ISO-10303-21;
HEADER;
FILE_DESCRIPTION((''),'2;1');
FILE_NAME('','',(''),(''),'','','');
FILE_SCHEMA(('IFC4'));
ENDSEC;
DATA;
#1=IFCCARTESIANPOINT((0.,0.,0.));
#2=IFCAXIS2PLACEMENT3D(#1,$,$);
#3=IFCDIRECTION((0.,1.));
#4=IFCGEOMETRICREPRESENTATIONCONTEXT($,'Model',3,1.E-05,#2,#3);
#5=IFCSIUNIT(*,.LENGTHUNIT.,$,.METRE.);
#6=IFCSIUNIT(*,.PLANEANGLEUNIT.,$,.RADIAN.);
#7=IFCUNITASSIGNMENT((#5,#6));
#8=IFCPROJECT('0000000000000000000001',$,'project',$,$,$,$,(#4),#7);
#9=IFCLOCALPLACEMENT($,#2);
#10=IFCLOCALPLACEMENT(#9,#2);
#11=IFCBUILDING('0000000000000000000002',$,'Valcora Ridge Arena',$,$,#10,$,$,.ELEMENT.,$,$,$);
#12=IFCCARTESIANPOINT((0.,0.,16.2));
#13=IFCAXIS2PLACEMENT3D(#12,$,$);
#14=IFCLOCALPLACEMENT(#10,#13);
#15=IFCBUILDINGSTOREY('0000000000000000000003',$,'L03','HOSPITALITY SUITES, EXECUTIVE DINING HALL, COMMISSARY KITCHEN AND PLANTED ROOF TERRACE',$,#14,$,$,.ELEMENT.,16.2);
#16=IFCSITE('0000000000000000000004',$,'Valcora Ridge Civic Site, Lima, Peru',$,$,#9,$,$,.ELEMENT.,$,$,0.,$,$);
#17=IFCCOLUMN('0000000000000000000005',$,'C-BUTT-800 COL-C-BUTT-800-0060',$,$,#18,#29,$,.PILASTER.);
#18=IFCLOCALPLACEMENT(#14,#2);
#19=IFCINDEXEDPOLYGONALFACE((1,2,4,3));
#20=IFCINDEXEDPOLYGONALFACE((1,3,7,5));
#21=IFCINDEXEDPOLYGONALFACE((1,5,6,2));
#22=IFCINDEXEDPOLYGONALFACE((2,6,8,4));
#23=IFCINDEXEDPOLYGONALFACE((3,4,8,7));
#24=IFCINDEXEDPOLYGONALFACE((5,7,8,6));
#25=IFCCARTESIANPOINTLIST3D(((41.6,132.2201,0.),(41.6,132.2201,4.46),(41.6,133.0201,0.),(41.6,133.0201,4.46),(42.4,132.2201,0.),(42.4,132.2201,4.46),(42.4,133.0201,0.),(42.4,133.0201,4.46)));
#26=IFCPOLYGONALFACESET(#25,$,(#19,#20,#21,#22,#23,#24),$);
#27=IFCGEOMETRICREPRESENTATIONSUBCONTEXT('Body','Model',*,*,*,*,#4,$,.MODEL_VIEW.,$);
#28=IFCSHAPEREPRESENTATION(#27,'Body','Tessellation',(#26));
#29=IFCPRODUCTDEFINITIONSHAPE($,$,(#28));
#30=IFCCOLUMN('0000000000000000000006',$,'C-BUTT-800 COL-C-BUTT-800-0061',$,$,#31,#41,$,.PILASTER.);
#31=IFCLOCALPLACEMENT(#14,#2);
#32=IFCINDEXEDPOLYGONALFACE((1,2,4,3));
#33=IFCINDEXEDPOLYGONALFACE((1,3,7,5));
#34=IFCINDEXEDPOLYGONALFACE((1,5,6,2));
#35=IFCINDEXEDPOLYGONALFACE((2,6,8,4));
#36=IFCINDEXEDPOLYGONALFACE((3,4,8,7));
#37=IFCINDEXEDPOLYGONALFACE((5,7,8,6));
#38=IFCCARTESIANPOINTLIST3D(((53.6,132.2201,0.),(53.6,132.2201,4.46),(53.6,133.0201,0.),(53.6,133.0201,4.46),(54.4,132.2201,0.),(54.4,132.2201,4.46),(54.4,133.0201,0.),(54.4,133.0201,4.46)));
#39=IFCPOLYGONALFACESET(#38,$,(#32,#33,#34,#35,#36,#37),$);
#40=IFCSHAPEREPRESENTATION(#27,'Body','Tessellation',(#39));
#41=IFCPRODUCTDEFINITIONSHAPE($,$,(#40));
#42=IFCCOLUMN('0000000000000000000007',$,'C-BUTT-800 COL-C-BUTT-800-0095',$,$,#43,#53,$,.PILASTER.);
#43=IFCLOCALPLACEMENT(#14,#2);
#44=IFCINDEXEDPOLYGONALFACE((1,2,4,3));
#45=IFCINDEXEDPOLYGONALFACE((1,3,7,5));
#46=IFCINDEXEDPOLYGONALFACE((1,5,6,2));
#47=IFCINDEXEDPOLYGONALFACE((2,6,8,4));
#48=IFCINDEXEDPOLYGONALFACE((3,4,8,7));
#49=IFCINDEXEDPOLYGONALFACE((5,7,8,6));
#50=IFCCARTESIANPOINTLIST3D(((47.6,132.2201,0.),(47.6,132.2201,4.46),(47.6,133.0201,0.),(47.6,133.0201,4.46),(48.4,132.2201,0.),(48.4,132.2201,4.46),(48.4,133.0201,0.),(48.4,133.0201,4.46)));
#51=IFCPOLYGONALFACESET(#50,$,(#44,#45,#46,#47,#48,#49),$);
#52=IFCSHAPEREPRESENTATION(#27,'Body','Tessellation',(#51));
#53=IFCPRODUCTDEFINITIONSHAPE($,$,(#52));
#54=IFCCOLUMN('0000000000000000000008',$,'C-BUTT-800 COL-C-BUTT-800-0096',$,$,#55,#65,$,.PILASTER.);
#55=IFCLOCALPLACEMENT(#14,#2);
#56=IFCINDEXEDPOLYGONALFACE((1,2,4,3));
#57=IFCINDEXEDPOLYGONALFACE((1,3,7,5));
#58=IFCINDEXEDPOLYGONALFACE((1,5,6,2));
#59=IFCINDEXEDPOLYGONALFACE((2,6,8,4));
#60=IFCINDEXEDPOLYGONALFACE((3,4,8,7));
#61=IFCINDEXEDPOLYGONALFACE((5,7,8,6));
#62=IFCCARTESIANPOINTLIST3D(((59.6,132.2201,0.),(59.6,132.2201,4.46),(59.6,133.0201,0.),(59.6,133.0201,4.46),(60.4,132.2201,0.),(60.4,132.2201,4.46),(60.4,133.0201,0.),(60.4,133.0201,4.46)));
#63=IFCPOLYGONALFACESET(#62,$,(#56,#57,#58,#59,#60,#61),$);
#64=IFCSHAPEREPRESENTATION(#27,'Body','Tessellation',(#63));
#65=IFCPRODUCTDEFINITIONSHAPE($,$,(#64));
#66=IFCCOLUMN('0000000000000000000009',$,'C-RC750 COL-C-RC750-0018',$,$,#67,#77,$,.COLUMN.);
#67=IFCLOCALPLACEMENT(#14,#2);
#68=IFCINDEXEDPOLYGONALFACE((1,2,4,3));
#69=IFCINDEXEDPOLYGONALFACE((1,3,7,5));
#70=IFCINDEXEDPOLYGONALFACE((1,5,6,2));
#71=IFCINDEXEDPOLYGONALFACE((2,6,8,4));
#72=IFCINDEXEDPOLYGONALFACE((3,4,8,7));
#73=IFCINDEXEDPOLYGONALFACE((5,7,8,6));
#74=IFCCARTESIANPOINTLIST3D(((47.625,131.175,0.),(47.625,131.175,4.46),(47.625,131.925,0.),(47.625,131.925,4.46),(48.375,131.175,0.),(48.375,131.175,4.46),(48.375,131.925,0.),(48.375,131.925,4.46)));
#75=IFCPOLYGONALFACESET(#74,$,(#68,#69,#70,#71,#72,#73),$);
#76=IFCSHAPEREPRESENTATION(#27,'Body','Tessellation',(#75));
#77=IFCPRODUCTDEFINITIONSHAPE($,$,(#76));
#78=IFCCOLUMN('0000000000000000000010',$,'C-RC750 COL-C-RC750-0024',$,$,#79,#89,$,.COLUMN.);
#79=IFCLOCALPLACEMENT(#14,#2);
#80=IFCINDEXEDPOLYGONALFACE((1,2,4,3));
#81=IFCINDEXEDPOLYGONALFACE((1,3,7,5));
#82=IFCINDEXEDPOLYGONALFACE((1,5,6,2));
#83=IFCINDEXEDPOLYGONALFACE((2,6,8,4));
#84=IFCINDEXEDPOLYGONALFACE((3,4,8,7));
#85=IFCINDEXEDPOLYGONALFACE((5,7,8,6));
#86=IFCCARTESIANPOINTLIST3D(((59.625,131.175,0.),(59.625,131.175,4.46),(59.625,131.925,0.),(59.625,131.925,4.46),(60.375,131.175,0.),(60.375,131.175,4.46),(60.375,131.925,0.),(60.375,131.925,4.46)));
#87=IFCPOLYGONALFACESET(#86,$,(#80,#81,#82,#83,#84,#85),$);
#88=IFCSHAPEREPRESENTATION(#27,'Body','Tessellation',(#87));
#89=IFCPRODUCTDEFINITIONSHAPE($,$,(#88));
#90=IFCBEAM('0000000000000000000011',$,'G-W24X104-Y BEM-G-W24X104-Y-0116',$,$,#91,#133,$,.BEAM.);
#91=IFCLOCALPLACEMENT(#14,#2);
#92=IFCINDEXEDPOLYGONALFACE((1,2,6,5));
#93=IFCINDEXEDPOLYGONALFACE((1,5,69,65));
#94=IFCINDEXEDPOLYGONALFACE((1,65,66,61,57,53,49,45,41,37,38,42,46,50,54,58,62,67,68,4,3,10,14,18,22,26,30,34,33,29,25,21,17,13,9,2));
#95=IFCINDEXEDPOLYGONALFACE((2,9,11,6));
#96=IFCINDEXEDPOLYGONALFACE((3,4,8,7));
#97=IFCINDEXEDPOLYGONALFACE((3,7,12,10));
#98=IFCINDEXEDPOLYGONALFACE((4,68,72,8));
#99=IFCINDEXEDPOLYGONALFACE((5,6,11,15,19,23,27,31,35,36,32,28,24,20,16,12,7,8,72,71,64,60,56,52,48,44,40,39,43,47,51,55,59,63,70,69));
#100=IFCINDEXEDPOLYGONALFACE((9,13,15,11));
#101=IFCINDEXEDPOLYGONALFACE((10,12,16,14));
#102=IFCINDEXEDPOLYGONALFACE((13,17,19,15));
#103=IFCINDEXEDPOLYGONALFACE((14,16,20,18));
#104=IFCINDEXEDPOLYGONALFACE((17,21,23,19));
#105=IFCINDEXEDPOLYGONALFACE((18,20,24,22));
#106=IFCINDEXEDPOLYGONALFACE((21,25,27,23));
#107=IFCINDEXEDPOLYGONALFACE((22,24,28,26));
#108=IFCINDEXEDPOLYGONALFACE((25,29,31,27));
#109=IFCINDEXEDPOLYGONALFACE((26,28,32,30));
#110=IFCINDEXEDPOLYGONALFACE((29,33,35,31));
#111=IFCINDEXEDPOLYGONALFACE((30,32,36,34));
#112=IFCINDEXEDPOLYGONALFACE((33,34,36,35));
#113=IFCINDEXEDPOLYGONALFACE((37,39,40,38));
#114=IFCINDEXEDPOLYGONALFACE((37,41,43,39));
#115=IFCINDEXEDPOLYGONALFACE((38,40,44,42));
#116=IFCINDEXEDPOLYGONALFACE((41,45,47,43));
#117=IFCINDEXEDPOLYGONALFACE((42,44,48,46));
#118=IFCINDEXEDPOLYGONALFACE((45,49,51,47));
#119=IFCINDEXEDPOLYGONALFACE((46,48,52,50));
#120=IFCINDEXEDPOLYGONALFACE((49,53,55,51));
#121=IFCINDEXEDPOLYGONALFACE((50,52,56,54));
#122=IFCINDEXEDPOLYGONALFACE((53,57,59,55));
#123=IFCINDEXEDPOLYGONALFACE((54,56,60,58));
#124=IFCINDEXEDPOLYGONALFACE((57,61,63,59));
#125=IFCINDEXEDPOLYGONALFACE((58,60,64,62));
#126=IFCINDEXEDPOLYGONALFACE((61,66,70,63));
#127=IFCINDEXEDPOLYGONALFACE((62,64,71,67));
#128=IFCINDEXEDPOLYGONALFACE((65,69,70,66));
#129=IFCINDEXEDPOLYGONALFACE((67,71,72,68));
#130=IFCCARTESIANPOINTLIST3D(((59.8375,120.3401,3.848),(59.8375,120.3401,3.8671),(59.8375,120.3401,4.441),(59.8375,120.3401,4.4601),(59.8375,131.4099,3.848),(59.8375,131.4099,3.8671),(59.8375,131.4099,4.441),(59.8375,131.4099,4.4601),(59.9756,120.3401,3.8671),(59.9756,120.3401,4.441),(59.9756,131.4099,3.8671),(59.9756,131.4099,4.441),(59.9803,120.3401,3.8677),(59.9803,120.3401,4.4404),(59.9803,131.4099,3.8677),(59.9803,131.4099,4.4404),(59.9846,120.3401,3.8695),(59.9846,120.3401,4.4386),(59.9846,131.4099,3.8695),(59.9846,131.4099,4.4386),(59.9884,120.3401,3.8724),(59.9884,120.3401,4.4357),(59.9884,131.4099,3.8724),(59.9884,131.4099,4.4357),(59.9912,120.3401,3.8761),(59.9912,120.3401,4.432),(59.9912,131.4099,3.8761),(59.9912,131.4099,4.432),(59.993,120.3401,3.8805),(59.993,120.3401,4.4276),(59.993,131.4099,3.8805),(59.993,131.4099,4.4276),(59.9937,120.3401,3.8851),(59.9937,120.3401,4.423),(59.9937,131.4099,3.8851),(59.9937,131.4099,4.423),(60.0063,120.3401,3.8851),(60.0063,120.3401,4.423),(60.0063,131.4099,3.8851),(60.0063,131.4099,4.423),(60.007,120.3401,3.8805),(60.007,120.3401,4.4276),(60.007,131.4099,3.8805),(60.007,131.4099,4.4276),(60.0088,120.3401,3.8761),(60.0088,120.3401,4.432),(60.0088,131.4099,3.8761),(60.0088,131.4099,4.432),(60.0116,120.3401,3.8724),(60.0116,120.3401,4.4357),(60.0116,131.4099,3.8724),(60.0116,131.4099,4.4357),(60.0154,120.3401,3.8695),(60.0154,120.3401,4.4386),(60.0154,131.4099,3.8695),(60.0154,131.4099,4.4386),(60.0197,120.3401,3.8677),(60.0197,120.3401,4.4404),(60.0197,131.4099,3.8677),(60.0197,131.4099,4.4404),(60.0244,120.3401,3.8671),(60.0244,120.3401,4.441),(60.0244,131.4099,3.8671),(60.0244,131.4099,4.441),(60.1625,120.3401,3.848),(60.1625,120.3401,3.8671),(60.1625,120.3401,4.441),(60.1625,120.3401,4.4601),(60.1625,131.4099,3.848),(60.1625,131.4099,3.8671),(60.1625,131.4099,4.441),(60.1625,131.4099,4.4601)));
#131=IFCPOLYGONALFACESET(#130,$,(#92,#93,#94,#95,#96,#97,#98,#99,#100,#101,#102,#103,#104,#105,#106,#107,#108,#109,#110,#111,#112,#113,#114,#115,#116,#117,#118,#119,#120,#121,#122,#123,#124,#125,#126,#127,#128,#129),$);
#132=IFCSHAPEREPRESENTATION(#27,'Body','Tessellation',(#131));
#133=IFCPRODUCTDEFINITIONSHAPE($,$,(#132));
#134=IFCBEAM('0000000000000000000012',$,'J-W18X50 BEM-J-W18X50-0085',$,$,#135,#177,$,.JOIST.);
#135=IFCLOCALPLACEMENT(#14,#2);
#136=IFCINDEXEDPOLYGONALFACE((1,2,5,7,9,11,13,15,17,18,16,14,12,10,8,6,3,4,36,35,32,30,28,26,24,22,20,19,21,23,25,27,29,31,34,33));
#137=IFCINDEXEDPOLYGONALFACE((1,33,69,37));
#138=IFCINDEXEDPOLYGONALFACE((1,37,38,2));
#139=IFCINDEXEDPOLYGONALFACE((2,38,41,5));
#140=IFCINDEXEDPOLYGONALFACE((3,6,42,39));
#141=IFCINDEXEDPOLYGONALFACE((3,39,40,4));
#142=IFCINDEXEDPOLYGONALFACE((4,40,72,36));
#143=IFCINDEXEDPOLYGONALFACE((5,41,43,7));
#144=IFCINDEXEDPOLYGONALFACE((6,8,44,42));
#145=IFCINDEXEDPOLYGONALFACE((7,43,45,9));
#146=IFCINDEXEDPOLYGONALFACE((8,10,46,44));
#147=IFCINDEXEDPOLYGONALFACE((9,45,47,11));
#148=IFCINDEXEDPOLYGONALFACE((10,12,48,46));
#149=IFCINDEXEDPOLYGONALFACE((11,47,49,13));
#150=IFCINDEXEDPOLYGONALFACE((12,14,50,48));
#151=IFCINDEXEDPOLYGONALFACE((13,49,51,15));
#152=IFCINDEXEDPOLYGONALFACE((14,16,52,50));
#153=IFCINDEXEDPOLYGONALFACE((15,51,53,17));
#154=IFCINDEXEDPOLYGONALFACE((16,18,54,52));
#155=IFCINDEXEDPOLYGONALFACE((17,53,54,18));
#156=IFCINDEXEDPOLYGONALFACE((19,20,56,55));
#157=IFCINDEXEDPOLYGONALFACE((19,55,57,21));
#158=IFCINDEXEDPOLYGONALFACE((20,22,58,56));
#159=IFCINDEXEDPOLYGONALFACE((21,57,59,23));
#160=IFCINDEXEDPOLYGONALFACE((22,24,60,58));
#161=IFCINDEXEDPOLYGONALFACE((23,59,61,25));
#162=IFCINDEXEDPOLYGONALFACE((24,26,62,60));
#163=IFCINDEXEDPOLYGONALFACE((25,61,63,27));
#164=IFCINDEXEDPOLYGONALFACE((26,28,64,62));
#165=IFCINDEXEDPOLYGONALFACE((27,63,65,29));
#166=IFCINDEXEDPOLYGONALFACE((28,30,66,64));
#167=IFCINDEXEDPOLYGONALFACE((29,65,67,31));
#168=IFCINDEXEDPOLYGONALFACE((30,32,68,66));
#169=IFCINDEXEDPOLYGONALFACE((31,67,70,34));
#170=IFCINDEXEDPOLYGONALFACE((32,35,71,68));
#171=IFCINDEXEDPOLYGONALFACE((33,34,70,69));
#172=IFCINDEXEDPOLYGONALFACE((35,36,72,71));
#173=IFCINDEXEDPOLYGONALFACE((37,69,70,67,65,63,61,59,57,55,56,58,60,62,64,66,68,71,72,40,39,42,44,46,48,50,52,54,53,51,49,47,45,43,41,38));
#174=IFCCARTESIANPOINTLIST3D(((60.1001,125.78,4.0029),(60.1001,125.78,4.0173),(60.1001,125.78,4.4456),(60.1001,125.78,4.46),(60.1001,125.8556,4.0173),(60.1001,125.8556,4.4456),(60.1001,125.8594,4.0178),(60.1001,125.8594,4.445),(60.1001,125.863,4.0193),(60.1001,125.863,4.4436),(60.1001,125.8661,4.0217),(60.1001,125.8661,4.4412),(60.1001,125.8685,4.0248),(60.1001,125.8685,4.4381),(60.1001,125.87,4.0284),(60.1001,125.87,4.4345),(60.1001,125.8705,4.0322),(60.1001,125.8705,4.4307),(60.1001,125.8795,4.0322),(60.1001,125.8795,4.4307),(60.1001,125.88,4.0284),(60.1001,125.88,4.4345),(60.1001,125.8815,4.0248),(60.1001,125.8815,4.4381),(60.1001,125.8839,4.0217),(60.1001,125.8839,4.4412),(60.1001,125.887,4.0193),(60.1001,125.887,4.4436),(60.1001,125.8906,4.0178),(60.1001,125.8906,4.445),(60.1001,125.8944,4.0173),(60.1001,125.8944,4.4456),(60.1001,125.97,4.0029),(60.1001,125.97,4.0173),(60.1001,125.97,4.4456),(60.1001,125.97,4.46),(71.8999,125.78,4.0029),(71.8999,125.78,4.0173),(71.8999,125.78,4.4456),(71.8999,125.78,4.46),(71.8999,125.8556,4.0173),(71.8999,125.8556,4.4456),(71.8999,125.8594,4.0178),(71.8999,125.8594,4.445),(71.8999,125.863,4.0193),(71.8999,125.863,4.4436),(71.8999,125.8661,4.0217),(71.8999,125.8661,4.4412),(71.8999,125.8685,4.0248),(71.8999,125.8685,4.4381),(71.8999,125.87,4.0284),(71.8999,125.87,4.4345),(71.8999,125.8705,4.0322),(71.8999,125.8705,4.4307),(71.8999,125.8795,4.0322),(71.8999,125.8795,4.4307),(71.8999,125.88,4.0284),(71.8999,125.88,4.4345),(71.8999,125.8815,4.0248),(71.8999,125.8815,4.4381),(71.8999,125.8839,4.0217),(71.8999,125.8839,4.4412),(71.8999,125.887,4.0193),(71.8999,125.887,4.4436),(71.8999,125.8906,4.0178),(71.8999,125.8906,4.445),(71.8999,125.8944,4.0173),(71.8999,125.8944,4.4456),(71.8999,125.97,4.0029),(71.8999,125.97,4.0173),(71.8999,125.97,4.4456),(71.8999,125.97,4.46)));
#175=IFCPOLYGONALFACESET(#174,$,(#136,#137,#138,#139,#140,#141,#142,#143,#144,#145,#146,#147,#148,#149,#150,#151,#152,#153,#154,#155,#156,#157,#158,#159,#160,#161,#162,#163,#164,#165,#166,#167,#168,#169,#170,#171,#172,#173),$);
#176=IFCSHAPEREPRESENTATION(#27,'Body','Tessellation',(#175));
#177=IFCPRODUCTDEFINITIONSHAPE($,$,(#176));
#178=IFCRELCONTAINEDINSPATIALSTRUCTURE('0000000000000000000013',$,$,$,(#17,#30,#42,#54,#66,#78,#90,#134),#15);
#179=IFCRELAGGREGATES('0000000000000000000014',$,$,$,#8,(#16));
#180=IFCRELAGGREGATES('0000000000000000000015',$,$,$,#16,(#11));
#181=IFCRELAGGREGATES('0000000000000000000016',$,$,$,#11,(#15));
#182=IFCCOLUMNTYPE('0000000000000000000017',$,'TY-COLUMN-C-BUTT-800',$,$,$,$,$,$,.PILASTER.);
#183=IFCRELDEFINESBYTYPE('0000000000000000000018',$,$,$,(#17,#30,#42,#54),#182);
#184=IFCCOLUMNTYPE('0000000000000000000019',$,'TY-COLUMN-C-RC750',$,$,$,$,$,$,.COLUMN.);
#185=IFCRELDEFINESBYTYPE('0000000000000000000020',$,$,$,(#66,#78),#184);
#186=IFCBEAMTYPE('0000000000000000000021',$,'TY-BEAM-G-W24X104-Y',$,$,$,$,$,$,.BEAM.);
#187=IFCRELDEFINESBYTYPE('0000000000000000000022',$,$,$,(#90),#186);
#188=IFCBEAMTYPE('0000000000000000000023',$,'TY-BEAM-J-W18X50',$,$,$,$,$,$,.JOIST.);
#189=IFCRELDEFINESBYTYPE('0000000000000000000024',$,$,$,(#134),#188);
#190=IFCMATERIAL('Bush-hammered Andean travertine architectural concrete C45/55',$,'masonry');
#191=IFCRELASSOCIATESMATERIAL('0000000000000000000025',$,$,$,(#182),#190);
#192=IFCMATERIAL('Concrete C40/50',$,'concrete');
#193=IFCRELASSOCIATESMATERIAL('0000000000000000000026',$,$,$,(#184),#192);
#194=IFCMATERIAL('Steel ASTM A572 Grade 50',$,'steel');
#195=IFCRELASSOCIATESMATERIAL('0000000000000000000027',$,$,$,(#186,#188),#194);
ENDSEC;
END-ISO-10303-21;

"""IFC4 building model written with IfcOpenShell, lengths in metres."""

from ifc_helpers import new_model, si_unit, direction, frame, origin, origin_2d, place, context, subcontext, project, spatial, rectangle, i_section, extrude, material, material_profile, profile_set, type_object, element, save


model = new_model("IFC4")

# Units and contexts
model_context = context("Model", 3, precision=1e-05, world=origin(), true_north=direction((0.0, 1.0)))
body_context = subcontext(model_context, "Body", "Model", "MODEL_VIEW")
ifc_project = project(units=[si_unit("LENGTHUNIT", "METRE"), si_unit("PLANEANGLEUNIT", "RADIAN")], contexts=[model_context])

# Site, building, storey
site_placement = place(None, origin())
site = spatial("IfcSite", under=ifc_project, at=site_placement, Name="Valcora Ridge Civic Site, Lima, Peru", CompositionType="ELEMENT", RefElevation=0.0)
building_placement = place(site_placement, origin())
building = spatial("IfcBuilding", under=site, at=building_placement, Name="Valcora Ridge Arena", CompositionType="ELEMENT")
storey_placement = place(building_placement, frame((0.0, 0.0, 16.2)))
storey = spatial("IfcBuildingStorey", under=building, at=storey_placement, Name="L03", Description="HOSPITALITY SUITES, EXECUTIVE DINING HALL, COMMISSARY KITCHEN AND PLANTED ROOF TERRACE", CompositionType="ELEMENT", Elevation=16.2)

# Columns
ifc_material_1 = material(Name="Bush-hammered Andean travertine architectural concrete C45/55", Category="masonry")
ifc_material_profile_1 = material_profile(ifc_material_1, rectangle(XDim=0.8, YDim=0.8, at=origin_2d()), Name="RC 800x800")
ifc_profile_set_1 = profile_set([ifc_material_profile_1], Name="Bush-hammered Andean travertine architectural concrete C45/55")
column_type_1 = type_object("IfcColumnType", Name="TY-COLUMN-C-BUTT-800", PredefinedType="PILASTER", material=ifc_profile_set_1)
for number, where, z_axis, x_axis, name in (
    (1, (42.0, 132.6201, 0.0), (0.0, 0.0, 1.0), (1.0, 0.0, 0.0), "C-BUTT-800 COL-C-BUTT-800-0060"),
    (2, (54.0, 132.6201, 0.0), (0.0, 0.0, 1.0), (1.0, 0.0, 0.0), "C-BUTT-800 COL-C-BUTT-800-0061"),
    (3, (48.0, 132.6201, 0.0), (0.0, 0.0, 1.0), (1.0, 0.0, 0.0), "C-BUTT-800 COL-C-BUTT-800-0095"),
    (4, (60.0, 132.6201, 0.0), (0.0, 0.0, 1.0), (1.0, 0.0, 0.0), "C-BUTT-800 COL-C-BUTT-800-0096"),
):
    element("IfcColumn", number, at=place(storey_placement, frame(where, z_axis=z_axis, x_axis=x_axis)), inside=storey, type_object=column_type_1, Name=name, PredefinedType="PILASTER", context=body_context, shape_type="SweptSolid", body=[
        extrude(rectangle(XDim=0.8, YDim=0.8, at=origin_2d()), origin(), (0.0, 0.0, 1.0), 4.46),
    ])
ifc_material_2 = material(Name="Concrete C40/50", Category="concrete")
ifc_material_profile_2 = material_profile(ifc_material_2, rectangle(XDim=0.75, YDim=0.75, at=origin_2d()), Name="RC 750x750")
ifc_profile_set_2 = profile_set([ifc_material_profile_2], Name="Concrete C40/50")
column_type_2 = type_object("IfcColumnType", Name="TY-COLUMN-C-RC750", PredefinedType="COLUMN", material=ifc_profile_set_2)
for number, where, z_axis, x_axis, name in (
    (5, (48.0, 131.55, 0.0), (0.0, 0.0, 1.0), (1.0, 0.0, 0.0), "C-RC750 COL-C-RC750-0018"),
    (6, (60.0, 131.55, 0.0), (0.0, 0.0, 1.0), (1.0, 0.0, 0.0), "C-RC750 COL-C-RC750-0024"),
):
    element("IfcColumn", number, at=place(storey_placement, frame(where, z_axis=z_axis, x_axis=x_axis)), inside=storey, type_object=column_type_2, Name=name, PredefinedType="COLUMN", context=body_context, shape_type="SweptSolid", body=[
        extrude(rectangle(XDim=0.75, YDim=0.75, at=origin_2d()), origin(), (0.0, 0.0, 1.0), 4.46),
    ])

# Beams
ifc_material_3 = material(Name="Steel ASTM A572 Grade 50", Category="steel")
ifc_material_profile_3 = material_profile(ifc_material_3, i_section(OverallWidth=0.325, OverallDepth=0.6121, WebThickness=0.0127, FlangeThickness=0.019, FilletRadius=0.0181, at=origin_2d()), Name="W24X104")
ifc_profile_set_3 = profile_set([ifc_material_profile_3], Name="Steel ASTM A572 Grade 50")
beam_type_1 = type_object("IfcBeamType", Name="TY-BEAM-G-W24X104-Y", PredefinedType="BEAM", material=ifc_profile_set_3)
beam_1_placement = place(storey_placement, frame((60.0, 120.3401, 4.1541), z_axis=(0.0, 1.0, 0.0), x_axis=(-1.0, 0.0, 0.0)))
element("IfcBeam", 7, at=beam_1_placement, inside=storey, type_object=beam_type_1, Name="G-W24X104-Y BEM-G-W24X104-Y-0116", PredefinedType="BEAM", context=body_context, shape_type="SweptSolid", body=[
    extrude(i_section(OverallWidth=0.325, OverallDepth=0.6121, WebThickness=0.0127, FlangeThickness=0.019, FilletRadius=0.0181, at=origin_2d()), origin(), (0.0, 0.0, 1.0), 11.0698),
])
ifc_material_profile_4 = material_profile(ifc_material_3, i_section(OverallWidth=0.1899, OverallDepth=0.457, WebThickness=0.009, FlangeThickness=0.0144, FilletRadius=0.0149, at=origin_2d()), Name="W18X50")
ifc_profile_set_4 = profile_set([ifc_material_profile_4], Name="Steel ASTM A572 Grade 50")
beam_type_2 = type_object("IfcBeamType", Name="TY-BEAM-J-W18X50", PredefinedType="JOIST", material=ifc_profile_set_4)
beam_2_placement = place(storey_placement, frame((60.1001, 125.875, 4.2314), z_axis=(1.0, 0.0, 0.0), x_axis=(0.0, 1.0, 0.0)))
element("IfcBeam", 8, at=beam_2_placement, inside=storey, type_object=beam_type_2, Name="J-W18X50 BEM-J-W18X50-0085", PredefinedType="JOIST", context=body_context, shape_type="SweptSolid", body=[
    extrude(i_section(OverallWidth=0.1899, OverallDepth=0.457, WebThickness=0.009, FlangeThickness=0.0144, FilletRadius=0.0149, at=origin_2d()), origin(), (0.0, 0.0, 1.0), 11.7998),
])

save(model, "model.ifc")
